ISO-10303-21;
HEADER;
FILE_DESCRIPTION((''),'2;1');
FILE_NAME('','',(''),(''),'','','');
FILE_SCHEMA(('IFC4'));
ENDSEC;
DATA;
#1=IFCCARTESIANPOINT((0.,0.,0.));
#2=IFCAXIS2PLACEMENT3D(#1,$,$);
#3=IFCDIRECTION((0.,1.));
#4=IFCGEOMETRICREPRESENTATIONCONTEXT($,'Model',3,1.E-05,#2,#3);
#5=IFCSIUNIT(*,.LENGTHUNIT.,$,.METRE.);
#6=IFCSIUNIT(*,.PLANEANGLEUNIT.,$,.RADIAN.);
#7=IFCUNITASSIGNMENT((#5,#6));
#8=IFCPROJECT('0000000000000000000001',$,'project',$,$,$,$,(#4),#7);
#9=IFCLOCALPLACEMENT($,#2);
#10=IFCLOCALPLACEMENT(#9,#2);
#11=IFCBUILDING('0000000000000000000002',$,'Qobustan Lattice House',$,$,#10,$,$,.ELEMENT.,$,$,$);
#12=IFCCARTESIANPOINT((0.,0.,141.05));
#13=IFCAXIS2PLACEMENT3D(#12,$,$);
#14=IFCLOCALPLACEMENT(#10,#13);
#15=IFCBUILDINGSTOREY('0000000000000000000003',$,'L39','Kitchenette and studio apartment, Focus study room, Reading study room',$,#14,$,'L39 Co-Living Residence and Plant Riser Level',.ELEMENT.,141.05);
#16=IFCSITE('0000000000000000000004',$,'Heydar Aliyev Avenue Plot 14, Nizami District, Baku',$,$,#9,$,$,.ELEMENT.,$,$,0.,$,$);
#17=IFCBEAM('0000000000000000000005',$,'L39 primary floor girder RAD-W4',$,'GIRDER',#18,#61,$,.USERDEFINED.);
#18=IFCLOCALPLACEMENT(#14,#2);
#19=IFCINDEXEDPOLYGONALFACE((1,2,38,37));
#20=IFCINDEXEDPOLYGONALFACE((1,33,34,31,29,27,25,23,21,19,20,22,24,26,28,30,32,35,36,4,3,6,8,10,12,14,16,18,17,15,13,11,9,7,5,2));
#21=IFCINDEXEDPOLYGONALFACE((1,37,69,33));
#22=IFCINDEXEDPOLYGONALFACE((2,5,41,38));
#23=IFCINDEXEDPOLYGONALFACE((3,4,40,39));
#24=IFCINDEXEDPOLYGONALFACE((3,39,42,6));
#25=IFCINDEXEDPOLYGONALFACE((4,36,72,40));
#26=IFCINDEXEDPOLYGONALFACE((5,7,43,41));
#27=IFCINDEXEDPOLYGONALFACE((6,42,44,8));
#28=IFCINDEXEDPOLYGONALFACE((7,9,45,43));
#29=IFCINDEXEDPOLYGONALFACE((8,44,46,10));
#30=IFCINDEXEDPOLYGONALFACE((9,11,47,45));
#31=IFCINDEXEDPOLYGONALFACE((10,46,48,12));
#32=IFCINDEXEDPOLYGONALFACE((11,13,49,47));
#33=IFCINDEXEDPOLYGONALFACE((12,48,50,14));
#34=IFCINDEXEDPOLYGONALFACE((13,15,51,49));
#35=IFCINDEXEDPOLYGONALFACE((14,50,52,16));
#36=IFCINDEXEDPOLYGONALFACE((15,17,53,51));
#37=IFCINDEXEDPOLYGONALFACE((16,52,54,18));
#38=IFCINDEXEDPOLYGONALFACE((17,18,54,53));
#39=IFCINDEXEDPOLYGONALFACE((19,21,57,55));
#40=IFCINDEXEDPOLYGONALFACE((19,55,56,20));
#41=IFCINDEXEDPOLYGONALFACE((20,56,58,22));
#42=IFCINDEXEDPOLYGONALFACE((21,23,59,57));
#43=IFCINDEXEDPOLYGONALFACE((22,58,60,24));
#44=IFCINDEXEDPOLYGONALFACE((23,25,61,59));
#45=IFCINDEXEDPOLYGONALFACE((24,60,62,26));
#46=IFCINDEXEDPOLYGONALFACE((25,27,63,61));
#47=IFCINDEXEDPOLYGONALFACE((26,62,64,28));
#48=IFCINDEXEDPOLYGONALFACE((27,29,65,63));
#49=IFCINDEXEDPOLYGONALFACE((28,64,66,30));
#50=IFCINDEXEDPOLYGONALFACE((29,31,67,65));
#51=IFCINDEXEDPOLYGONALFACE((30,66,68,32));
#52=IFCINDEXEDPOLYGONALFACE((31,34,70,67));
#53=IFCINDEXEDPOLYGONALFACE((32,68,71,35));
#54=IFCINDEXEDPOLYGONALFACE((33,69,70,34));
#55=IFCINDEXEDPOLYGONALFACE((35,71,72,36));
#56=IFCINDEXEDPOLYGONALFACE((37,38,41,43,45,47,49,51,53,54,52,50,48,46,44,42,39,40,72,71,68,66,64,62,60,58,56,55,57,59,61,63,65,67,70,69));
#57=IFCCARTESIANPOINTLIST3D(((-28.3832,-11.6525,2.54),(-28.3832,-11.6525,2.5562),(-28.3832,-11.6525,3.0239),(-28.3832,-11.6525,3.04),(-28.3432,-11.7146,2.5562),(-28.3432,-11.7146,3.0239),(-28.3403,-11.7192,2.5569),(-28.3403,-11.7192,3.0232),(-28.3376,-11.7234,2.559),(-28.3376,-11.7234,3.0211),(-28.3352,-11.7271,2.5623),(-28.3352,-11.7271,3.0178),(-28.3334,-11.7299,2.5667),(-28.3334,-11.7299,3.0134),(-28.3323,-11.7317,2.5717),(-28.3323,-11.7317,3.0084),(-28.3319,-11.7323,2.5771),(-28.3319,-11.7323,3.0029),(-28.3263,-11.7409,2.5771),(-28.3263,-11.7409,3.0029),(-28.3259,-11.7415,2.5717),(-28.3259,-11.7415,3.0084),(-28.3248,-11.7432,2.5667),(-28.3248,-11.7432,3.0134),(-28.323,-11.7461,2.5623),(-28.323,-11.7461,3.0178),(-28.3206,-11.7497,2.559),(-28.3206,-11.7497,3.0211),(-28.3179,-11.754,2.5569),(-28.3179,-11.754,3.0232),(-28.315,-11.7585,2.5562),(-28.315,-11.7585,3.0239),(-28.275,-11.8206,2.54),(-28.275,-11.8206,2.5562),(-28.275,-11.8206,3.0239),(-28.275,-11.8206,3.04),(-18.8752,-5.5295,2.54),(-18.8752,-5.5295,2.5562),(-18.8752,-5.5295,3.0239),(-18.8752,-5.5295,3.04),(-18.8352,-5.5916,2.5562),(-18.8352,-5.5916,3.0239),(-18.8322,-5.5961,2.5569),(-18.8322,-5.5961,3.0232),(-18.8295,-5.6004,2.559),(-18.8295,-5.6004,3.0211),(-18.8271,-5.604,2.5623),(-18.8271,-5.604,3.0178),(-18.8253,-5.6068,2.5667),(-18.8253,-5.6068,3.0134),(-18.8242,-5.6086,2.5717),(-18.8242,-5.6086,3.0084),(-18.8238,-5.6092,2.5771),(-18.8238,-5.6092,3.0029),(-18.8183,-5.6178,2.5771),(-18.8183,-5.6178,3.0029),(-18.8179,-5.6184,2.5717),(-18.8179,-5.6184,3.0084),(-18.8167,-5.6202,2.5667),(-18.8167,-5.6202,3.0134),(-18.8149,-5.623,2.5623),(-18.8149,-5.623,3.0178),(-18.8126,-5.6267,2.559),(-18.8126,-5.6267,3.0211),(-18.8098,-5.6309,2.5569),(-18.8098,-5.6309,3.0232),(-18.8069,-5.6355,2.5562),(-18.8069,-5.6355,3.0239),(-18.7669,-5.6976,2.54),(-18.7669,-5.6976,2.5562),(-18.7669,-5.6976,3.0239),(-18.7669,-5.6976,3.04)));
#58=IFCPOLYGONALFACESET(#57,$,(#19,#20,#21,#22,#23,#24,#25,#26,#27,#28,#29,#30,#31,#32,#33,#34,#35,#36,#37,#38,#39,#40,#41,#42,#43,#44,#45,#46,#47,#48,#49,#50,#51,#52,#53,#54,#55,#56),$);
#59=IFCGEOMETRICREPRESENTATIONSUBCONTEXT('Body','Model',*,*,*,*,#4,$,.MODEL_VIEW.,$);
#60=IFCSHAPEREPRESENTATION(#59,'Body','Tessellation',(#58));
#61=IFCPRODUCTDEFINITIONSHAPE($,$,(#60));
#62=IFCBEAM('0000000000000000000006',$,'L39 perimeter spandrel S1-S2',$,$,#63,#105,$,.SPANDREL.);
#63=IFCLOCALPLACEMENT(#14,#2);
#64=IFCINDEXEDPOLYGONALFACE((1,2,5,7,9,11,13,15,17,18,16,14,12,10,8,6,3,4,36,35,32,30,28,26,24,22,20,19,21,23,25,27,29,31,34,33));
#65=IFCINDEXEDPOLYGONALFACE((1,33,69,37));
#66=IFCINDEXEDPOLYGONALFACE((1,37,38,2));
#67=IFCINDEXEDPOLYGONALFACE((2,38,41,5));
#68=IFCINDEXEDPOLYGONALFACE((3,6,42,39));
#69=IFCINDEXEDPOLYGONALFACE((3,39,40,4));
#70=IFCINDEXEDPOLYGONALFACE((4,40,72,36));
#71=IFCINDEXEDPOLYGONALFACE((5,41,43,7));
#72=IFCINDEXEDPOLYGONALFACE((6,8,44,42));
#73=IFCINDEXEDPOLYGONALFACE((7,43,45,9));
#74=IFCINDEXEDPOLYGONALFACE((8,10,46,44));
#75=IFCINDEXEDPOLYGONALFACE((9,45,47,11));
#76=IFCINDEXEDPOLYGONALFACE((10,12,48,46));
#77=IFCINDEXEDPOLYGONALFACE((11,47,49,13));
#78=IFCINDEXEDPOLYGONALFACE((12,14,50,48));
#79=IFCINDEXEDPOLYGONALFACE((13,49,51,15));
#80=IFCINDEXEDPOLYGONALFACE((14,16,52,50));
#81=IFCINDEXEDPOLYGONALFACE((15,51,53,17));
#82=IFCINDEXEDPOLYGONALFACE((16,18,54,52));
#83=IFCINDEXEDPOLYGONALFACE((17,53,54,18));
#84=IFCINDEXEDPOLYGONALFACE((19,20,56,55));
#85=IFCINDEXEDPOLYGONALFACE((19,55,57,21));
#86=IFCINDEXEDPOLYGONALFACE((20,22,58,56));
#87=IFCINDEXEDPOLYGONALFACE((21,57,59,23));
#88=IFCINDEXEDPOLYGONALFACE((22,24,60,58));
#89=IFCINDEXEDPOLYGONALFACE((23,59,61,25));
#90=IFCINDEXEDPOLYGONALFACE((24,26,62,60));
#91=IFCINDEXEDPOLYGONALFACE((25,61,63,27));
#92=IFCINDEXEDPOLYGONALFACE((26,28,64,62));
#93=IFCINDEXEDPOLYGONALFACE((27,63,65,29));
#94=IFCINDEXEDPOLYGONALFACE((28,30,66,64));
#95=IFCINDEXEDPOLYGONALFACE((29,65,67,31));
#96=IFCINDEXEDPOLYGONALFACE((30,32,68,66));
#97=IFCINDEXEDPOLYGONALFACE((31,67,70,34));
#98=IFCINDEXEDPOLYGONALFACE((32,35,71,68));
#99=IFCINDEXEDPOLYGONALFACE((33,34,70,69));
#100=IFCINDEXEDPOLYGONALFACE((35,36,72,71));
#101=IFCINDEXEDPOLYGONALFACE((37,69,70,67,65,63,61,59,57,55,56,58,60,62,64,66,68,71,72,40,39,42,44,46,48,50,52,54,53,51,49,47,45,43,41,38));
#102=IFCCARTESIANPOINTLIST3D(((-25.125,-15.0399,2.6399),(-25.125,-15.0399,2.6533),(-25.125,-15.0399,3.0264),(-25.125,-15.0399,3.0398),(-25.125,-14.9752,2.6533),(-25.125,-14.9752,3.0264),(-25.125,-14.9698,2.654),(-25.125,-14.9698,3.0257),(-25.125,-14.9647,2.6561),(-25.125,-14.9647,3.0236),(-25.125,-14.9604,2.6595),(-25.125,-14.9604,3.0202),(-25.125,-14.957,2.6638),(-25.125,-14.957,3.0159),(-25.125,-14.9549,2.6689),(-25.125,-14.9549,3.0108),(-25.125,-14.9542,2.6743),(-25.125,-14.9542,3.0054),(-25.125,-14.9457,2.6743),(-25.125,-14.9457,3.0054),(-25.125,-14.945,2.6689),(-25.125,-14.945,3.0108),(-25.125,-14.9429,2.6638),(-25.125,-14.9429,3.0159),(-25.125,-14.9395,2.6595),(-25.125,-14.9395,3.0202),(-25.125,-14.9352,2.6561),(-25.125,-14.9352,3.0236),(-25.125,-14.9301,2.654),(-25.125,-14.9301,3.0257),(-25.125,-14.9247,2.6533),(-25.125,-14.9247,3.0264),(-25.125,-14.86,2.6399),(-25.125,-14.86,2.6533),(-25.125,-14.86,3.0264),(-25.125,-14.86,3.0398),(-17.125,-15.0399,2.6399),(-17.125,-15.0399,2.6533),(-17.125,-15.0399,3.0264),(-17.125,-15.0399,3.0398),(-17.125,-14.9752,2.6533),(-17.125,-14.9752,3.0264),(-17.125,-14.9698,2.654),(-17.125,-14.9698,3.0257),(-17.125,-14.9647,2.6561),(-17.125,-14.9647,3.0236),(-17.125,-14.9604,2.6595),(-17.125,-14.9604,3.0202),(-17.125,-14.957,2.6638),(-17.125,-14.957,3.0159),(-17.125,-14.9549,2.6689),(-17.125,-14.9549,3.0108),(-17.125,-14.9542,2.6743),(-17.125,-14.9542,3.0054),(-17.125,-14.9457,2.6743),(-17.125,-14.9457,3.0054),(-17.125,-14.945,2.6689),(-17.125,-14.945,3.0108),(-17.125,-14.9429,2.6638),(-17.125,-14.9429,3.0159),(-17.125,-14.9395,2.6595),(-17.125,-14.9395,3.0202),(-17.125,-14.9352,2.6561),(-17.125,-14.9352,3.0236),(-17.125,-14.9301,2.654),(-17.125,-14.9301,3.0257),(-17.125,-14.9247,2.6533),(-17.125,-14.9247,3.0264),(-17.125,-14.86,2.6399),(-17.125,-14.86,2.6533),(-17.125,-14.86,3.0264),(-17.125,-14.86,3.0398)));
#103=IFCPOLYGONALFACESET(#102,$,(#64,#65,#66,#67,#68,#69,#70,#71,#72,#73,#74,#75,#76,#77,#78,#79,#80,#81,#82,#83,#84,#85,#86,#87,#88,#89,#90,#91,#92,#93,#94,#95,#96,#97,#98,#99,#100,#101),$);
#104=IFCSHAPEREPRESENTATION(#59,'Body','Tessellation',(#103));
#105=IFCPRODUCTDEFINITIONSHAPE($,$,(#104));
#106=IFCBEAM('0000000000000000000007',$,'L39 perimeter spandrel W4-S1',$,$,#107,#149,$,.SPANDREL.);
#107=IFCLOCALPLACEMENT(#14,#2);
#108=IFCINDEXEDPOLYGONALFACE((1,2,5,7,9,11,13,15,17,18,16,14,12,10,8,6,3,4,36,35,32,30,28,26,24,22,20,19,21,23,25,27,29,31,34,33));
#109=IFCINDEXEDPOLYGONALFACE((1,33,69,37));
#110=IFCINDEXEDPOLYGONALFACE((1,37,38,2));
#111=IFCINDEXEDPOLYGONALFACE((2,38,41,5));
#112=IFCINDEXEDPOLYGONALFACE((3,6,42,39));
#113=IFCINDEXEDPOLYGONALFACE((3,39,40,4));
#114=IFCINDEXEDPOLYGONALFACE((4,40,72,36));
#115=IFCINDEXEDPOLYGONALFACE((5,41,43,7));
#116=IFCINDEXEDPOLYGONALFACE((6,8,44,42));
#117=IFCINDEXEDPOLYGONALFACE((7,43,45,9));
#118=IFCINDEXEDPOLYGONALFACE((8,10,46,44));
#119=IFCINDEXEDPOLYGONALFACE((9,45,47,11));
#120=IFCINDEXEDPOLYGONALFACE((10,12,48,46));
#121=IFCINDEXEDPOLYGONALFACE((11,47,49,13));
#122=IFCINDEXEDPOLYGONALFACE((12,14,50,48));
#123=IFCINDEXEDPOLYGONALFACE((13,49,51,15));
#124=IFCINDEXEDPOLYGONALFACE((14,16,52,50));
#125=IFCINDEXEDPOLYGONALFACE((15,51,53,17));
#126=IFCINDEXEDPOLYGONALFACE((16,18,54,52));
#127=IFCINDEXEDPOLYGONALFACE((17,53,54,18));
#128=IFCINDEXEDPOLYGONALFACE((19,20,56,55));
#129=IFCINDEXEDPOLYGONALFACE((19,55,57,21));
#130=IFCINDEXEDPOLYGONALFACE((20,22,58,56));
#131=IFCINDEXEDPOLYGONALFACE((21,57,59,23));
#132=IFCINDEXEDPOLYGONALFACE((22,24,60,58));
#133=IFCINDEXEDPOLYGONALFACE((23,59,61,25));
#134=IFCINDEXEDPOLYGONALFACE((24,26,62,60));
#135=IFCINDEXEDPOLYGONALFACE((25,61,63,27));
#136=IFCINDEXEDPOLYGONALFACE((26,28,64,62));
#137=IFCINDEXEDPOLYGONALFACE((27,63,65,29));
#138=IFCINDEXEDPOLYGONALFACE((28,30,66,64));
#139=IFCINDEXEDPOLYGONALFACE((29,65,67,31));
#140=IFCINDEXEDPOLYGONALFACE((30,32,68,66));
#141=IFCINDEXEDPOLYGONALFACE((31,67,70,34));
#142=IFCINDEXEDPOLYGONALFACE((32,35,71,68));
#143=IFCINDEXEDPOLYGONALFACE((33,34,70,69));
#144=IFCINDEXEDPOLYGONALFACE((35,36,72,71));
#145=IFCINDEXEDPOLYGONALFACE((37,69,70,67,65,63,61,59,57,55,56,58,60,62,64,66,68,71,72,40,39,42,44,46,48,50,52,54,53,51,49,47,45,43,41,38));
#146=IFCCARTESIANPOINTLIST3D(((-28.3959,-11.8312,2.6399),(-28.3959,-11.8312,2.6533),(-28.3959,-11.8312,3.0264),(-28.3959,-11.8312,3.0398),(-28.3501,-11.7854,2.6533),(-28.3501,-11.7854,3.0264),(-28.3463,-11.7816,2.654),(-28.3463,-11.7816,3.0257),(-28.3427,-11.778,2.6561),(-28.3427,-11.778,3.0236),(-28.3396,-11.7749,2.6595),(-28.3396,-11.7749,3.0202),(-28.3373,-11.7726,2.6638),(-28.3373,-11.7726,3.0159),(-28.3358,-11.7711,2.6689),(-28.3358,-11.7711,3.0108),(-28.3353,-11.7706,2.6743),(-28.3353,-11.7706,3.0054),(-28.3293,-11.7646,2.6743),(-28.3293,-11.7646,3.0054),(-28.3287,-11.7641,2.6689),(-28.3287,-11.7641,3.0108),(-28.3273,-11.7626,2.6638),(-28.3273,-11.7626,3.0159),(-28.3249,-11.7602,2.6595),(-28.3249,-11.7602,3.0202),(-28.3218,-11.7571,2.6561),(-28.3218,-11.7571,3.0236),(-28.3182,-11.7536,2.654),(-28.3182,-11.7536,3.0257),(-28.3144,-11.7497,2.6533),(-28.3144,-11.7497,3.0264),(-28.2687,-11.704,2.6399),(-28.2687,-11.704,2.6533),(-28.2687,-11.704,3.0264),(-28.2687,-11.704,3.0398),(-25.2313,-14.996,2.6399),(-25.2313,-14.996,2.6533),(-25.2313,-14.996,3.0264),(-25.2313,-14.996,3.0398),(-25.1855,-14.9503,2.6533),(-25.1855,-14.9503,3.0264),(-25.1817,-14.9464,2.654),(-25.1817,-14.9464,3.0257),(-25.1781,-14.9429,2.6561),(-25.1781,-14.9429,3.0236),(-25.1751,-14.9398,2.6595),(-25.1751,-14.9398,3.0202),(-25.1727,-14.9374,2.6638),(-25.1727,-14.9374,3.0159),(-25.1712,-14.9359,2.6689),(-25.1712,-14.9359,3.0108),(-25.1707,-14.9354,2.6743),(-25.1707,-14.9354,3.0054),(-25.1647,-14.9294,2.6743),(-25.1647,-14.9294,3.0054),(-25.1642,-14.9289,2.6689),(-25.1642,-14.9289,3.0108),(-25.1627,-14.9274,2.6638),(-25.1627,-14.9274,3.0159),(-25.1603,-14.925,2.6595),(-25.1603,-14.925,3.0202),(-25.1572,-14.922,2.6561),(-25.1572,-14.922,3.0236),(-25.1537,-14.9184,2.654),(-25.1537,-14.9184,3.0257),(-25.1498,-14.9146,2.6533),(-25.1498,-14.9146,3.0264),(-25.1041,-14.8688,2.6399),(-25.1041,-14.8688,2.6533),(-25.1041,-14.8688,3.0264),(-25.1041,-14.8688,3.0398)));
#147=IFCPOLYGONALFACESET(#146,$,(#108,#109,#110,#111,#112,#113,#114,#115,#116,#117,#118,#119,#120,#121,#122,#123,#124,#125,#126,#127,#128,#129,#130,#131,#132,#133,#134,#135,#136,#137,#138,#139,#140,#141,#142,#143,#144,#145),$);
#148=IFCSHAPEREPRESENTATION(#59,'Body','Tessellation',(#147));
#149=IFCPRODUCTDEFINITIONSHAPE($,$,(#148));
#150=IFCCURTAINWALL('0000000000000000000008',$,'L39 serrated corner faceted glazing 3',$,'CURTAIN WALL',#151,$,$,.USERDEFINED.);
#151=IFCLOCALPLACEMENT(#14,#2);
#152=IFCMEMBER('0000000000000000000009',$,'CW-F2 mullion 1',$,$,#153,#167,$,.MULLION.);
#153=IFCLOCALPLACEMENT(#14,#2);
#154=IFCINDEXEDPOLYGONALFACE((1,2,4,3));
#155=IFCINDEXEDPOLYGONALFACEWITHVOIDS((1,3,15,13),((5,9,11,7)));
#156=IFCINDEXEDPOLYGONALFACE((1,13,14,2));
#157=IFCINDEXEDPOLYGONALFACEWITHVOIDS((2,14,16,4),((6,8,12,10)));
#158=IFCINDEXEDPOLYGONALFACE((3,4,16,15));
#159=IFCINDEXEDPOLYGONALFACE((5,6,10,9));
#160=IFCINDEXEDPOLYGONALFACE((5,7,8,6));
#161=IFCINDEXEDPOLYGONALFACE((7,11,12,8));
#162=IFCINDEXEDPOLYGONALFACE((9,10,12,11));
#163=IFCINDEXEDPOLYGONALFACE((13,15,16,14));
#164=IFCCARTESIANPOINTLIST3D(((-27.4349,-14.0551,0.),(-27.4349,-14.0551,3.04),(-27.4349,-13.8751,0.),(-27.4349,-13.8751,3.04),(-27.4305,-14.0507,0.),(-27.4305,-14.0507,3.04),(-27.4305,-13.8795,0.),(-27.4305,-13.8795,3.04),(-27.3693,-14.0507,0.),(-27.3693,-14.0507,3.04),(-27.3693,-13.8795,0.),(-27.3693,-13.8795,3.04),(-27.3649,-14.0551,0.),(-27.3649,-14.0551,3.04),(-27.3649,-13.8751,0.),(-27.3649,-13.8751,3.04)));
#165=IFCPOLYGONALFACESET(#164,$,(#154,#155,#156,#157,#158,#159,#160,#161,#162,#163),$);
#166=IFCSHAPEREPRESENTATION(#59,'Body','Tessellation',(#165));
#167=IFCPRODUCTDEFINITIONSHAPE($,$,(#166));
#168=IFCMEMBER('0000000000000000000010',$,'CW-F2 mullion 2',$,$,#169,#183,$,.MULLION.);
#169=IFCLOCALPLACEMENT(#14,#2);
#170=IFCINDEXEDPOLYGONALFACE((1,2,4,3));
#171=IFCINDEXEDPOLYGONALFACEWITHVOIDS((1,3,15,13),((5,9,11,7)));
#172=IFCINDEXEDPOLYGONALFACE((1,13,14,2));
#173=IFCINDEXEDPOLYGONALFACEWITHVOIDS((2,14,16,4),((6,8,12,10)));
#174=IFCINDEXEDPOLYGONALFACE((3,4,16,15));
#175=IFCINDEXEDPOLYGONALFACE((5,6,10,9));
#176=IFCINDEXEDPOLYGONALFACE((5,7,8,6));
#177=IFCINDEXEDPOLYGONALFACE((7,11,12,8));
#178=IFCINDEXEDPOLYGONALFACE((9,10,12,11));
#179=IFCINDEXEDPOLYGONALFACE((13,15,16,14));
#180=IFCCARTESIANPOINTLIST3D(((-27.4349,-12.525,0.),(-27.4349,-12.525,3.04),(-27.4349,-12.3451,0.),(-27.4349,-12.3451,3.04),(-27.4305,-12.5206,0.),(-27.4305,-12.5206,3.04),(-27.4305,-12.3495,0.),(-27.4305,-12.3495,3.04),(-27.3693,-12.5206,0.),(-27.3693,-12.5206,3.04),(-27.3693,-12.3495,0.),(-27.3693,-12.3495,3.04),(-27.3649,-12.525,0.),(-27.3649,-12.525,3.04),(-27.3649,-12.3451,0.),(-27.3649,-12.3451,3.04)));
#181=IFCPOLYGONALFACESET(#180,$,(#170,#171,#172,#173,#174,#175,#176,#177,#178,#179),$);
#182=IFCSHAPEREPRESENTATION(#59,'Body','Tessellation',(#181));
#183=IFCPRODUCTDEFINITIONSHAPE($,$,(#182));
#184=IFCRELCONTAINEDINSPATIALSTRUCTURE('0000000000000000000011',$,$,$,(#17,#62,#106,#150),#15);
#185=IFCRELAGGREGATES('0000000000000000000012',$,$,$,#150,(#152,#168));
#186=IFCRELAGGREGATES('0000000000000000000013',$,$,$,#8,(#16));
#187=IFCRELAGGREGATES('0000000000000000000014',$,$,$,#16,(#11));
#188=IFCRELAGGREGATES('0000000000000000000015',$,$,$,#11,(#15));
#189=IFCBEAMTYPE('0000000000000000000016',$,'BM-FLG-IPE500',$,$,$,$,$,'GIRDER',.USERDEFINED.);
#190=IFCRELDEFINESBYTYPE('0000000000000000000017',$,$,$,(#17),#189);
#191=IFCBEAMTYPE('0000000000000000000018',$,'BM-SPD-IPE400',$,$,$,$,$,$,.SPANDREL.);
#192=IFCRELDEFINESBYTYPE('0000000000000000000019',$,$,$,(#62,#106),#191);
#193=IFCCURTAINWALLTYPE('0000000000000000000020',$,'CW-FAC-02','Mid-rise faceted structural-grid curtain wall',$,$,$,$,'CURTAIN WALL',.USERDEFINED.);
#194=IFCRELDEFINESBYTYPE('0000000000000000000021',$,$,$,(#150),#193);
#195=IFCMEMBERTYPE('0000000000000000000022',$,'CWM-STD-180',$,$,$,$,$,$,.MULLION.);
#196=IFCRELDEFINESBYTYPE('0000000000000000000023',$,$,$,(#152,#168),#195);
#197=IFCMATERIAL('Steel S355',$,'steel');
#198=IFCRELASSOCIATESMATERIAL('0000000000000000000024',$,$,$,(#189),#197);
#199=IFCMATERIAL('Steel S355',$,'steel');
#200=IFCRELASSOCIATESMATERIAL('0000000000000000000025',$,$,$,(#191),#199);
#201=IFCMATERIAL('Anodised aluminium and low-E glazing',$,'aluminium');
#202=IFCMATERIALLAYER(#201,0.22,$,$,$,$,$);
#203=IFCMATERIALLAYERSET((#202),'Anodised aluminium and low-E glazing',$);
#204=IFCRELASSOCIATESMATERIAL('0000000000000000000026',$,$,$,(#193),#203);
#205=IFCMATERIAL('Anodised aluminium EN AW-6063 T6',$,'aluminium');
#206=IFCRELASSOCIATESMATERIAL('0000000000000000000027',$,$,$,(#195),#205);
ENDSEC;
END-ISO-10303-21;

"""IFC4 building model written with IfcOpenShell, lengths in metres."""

from ifc_helpers import new_model, si_unit, direction, frame, origin, origin_2d, place, context, subcontext, project, spatial, hollow_rectangle, i_section, extrude, material, layer, layer_set, material_profile, profile_set, type_object, element, aggregate, save


model = new_model("IFC4")

# Units and contexts
model_context = context("Model", 3, precision=1e-05, world=origin(), true_north=direction((0.0, 1.0)))
body_context = subcontext(model_context, "Body", "Model", "MODEL_VIEW")
ifc_project = project(units=[si_unit("LENGTHUNIT", "METRE"), si_unit("PLANEANGLEUNIT", "RADIAN")], contexts=[model_context])

# Site, building, storey
site_placement = place(None, origin())
site = spatial("IfcSite", under=ifc_project, at=site_placement, Name="Heydar Aliyev Avenue Plot 14, Nizami District, Baku", CompositionType="ELEMENT", RefElevation=0.0)
building_placement = place(site_placement, origin())
building = spatial("IfcBuilding", under=site, at=building_placement, Name="Qobustan Lattice House", CompositionType="ELEMENT")
storey_placement = place(building_placement, frame((0.0, 0.0, 141.05)))
storey = spatial("IfcBuildingStorey", under=building, at=storey_placement, Name="L39", Description="Kitchenette and studio apartment, Focus study room, Reading study room", LongName="L39 Co-Living Residence and Plant Riser Level", CompositionType="ELEMENT", Elevation=141.05)

# Beams
ifc_material_1 = material(Name="Steel S355", Category="steel")
ifc_material_profile_1 = material_profile(ifc_material_1, i_section(OverallWidth=0.2, OverallDepth=0.5, WebThickness=0.0103, FlangeThickness=0.0161, FilletRadius=0.021, at=origin_2d()), Name="IPE500")
ifc_profile_set_1 = profile_set([ifc_material_profile_1], Name="Steel S355")
beam_type_1 = type_object("IfcBeamType", Name="BM-FLG-IPE500", ElementType="GIRDER", PredefinedType="USERDEFINED", material=ifc_profile_set_1)
beam_1_placement = place(storey_placement, frame((-28.3291, -11.7366, 2.79), z_axis=(0.840747, 0.541428, 0.0), x_axis=(-0.541428, 0.840747, 0.0)))
element("IfcBeam", 1, at=beam_1_placement, inside=storey, type_object=beam_type_1, Name="L39 primary floor girder RAD-W4", ObjectType="GIRDER", PredefinedType="USERDEFINED", context=body_context, shape_type="SweptSolid", body=[
    extrude(i_section(OverallWidth=0.2, OverallDepth=0.5, WebThickness=0.0103, FlangeThickness=0.0161, FilletRadius=0.021, at=origin_2d()), origin(), (0.0, 0.0, 1.0), 11.3091),
])
ifc_material_2 = material(Name="Steel S355", Category="steel")
ifc_material_profile_2 = material_profile(ifc_material_2, i_section(OverallWidth=0.1799, OverallDepth=0.3999, WebThickness=0.0085, FlangeThickness=0.0134, FilletRadius=0.021, at=origin_2d()), Name="IPE400")
ifc_profile_set_2 = profile_set([ifc_material_profile_2], Name="Steel S355")
beam_type_2 = type_object("IfcBeamType", Name="BM-SPD-IPE400", PredefinedType="SPANDREL", material=ifc_profile_set_2)
beam_2_placement = place(storey_placement, frame((-25.125, -14.95, 2.8398), z_axis=(1.0, 0.0, 0.0), x_axis=(0.0, 1.0, 0.0)))
element("IfcBeam", 2, at=beam_2_placement, inside=storey, type_object=beam_type_2, Name="L39 perimeter spandrel S1-S2", PredefinedType="SPANDREL", context=body_context, shape_type="SweptSolid", body=[
    extrude(i_section(OverallWidth=0.1799, OverallDepth=0.3999, WebThickness=0.0085, FlangeThickness=0.0134, FilletRadius=0.021, at=origin_2d()), origin(), (0.0, 0.0, 1.0), 8.0),
])
beam_3_placement = place(storey_placement, frame((-28.3323, -11.7676, 2.8398), z_axis=(0.70708, -0.707134, 0.0), x_axis=(0.707134, 0.70708, 0.0)))
element("IfcBeam", 3, at=beam_3_placement, inside=storey, type_object=beam_type_2, Name="L39 perimeter spandrel W4-S1", PredefinedType="SPANDREL", context=body_context, shape_type="SweptSolid", body=[
    extrude(i_section(OverallWidth=0.1799, OverallDepth=0.3999, WebThickness=0.0085, FlangeThickness=0.0134, FilletRadius=0.021, at=origin_2d()), origin(), (0.0, 0.0, 1.0), 4.4756),
])

# Curtain wall, members
ifc_material_3 = material(Name="Anodised aluminium and low-E glazing", Category="aluminium")
ifc_layer_1 = layer(ifc_material_3, 0.22)
ifc_layer_set_1 = layer_set([ifc_layer_1], Name="Anodised aluminium and low-E glazing")
curtain_wall_type = type_object("IfcCurtainWallType", Name="CW-FAC-02", Description="Mid-rise faceted structural-grid curtain wall", ElementType="CURTAIN WALL", PredefinedType="USERDEFINED", material=ifc_layer_set_1)
curtain_wall_placement = place(storey_placement, origin())
curtain_wall = element("IfcCurtainWall", 4, at=curtain_wall_placement, inside=storey, type_object=curtain_wall_type, Name="L39 serrated corner faceted glazing 3", ObjectType="CURTAIN WALL", PredefinedType="USERDEFINED")
ifc_material_4 = material(Name="Anodised aluminium EN AW-6063 T6", Category="aluminium")
ifc_material_profile_3 = material_profile(ifc_material_4, hollow_rectangle(XDim=0.0701, YDim=0.1799, WallThickness=0.0044, at=origin_2d()), Name="CWM-180x70")
ifc_profile_set_3 = profile_set([ifc_material_profile_3], Name="Anodised aluminium EN AW-6063 T6")
member_type_1 = type_object("IfcMemberType", Name="CWM-STD-180", PredefinedType="MULLION", material=ifc_profile_set_3)
member_1_placement = place(storey_placement, frame((-27.3999, -13.9651, 0.0), z_axis=(0.0, 0.0, 1.0), x_axis=(-1.0, 0.0, 0.0)))
member_1 = element("IfcMember", 5, at=member_1_placement, type_object=member_type_1, Name="CW-F2 mullion 1", PredefinedType="MULLION", context=body_context, shape_type="SweptSolid", body=[
    extrude(hollow_rectangle(XDim=0.0701, YDim=0.1799, WallThickness=0.0044, at=origin_2d()), origin(), (0.0, 0.0, 1.0), 3.04),
])
member_2_placement = place(storey_placement, frame((-27.3999, -12.4351, 0.0), z_axis=(0.0, 0.0, 1.0), x_axis=(-1.0, 0.0, 0.0)))
member_2 = element("IfcMember", 6, at=member_2_placement, type_object=member_type_1, Name="CW-F2 mullion 2", PredefinedType="MULLION", context=body_context, shape_type="SweptSolid", body=[
    extrude(hollow_rectangle(XDim=0.0701, YDim=0.1799, WallThickness=0.0044, at=origin_2d()), origin(), (0.0, 0.0, 1.0), 3.04),
])
aggregate(curtain_wall, [member_1, member_2])

save(model, "model.ifc")
